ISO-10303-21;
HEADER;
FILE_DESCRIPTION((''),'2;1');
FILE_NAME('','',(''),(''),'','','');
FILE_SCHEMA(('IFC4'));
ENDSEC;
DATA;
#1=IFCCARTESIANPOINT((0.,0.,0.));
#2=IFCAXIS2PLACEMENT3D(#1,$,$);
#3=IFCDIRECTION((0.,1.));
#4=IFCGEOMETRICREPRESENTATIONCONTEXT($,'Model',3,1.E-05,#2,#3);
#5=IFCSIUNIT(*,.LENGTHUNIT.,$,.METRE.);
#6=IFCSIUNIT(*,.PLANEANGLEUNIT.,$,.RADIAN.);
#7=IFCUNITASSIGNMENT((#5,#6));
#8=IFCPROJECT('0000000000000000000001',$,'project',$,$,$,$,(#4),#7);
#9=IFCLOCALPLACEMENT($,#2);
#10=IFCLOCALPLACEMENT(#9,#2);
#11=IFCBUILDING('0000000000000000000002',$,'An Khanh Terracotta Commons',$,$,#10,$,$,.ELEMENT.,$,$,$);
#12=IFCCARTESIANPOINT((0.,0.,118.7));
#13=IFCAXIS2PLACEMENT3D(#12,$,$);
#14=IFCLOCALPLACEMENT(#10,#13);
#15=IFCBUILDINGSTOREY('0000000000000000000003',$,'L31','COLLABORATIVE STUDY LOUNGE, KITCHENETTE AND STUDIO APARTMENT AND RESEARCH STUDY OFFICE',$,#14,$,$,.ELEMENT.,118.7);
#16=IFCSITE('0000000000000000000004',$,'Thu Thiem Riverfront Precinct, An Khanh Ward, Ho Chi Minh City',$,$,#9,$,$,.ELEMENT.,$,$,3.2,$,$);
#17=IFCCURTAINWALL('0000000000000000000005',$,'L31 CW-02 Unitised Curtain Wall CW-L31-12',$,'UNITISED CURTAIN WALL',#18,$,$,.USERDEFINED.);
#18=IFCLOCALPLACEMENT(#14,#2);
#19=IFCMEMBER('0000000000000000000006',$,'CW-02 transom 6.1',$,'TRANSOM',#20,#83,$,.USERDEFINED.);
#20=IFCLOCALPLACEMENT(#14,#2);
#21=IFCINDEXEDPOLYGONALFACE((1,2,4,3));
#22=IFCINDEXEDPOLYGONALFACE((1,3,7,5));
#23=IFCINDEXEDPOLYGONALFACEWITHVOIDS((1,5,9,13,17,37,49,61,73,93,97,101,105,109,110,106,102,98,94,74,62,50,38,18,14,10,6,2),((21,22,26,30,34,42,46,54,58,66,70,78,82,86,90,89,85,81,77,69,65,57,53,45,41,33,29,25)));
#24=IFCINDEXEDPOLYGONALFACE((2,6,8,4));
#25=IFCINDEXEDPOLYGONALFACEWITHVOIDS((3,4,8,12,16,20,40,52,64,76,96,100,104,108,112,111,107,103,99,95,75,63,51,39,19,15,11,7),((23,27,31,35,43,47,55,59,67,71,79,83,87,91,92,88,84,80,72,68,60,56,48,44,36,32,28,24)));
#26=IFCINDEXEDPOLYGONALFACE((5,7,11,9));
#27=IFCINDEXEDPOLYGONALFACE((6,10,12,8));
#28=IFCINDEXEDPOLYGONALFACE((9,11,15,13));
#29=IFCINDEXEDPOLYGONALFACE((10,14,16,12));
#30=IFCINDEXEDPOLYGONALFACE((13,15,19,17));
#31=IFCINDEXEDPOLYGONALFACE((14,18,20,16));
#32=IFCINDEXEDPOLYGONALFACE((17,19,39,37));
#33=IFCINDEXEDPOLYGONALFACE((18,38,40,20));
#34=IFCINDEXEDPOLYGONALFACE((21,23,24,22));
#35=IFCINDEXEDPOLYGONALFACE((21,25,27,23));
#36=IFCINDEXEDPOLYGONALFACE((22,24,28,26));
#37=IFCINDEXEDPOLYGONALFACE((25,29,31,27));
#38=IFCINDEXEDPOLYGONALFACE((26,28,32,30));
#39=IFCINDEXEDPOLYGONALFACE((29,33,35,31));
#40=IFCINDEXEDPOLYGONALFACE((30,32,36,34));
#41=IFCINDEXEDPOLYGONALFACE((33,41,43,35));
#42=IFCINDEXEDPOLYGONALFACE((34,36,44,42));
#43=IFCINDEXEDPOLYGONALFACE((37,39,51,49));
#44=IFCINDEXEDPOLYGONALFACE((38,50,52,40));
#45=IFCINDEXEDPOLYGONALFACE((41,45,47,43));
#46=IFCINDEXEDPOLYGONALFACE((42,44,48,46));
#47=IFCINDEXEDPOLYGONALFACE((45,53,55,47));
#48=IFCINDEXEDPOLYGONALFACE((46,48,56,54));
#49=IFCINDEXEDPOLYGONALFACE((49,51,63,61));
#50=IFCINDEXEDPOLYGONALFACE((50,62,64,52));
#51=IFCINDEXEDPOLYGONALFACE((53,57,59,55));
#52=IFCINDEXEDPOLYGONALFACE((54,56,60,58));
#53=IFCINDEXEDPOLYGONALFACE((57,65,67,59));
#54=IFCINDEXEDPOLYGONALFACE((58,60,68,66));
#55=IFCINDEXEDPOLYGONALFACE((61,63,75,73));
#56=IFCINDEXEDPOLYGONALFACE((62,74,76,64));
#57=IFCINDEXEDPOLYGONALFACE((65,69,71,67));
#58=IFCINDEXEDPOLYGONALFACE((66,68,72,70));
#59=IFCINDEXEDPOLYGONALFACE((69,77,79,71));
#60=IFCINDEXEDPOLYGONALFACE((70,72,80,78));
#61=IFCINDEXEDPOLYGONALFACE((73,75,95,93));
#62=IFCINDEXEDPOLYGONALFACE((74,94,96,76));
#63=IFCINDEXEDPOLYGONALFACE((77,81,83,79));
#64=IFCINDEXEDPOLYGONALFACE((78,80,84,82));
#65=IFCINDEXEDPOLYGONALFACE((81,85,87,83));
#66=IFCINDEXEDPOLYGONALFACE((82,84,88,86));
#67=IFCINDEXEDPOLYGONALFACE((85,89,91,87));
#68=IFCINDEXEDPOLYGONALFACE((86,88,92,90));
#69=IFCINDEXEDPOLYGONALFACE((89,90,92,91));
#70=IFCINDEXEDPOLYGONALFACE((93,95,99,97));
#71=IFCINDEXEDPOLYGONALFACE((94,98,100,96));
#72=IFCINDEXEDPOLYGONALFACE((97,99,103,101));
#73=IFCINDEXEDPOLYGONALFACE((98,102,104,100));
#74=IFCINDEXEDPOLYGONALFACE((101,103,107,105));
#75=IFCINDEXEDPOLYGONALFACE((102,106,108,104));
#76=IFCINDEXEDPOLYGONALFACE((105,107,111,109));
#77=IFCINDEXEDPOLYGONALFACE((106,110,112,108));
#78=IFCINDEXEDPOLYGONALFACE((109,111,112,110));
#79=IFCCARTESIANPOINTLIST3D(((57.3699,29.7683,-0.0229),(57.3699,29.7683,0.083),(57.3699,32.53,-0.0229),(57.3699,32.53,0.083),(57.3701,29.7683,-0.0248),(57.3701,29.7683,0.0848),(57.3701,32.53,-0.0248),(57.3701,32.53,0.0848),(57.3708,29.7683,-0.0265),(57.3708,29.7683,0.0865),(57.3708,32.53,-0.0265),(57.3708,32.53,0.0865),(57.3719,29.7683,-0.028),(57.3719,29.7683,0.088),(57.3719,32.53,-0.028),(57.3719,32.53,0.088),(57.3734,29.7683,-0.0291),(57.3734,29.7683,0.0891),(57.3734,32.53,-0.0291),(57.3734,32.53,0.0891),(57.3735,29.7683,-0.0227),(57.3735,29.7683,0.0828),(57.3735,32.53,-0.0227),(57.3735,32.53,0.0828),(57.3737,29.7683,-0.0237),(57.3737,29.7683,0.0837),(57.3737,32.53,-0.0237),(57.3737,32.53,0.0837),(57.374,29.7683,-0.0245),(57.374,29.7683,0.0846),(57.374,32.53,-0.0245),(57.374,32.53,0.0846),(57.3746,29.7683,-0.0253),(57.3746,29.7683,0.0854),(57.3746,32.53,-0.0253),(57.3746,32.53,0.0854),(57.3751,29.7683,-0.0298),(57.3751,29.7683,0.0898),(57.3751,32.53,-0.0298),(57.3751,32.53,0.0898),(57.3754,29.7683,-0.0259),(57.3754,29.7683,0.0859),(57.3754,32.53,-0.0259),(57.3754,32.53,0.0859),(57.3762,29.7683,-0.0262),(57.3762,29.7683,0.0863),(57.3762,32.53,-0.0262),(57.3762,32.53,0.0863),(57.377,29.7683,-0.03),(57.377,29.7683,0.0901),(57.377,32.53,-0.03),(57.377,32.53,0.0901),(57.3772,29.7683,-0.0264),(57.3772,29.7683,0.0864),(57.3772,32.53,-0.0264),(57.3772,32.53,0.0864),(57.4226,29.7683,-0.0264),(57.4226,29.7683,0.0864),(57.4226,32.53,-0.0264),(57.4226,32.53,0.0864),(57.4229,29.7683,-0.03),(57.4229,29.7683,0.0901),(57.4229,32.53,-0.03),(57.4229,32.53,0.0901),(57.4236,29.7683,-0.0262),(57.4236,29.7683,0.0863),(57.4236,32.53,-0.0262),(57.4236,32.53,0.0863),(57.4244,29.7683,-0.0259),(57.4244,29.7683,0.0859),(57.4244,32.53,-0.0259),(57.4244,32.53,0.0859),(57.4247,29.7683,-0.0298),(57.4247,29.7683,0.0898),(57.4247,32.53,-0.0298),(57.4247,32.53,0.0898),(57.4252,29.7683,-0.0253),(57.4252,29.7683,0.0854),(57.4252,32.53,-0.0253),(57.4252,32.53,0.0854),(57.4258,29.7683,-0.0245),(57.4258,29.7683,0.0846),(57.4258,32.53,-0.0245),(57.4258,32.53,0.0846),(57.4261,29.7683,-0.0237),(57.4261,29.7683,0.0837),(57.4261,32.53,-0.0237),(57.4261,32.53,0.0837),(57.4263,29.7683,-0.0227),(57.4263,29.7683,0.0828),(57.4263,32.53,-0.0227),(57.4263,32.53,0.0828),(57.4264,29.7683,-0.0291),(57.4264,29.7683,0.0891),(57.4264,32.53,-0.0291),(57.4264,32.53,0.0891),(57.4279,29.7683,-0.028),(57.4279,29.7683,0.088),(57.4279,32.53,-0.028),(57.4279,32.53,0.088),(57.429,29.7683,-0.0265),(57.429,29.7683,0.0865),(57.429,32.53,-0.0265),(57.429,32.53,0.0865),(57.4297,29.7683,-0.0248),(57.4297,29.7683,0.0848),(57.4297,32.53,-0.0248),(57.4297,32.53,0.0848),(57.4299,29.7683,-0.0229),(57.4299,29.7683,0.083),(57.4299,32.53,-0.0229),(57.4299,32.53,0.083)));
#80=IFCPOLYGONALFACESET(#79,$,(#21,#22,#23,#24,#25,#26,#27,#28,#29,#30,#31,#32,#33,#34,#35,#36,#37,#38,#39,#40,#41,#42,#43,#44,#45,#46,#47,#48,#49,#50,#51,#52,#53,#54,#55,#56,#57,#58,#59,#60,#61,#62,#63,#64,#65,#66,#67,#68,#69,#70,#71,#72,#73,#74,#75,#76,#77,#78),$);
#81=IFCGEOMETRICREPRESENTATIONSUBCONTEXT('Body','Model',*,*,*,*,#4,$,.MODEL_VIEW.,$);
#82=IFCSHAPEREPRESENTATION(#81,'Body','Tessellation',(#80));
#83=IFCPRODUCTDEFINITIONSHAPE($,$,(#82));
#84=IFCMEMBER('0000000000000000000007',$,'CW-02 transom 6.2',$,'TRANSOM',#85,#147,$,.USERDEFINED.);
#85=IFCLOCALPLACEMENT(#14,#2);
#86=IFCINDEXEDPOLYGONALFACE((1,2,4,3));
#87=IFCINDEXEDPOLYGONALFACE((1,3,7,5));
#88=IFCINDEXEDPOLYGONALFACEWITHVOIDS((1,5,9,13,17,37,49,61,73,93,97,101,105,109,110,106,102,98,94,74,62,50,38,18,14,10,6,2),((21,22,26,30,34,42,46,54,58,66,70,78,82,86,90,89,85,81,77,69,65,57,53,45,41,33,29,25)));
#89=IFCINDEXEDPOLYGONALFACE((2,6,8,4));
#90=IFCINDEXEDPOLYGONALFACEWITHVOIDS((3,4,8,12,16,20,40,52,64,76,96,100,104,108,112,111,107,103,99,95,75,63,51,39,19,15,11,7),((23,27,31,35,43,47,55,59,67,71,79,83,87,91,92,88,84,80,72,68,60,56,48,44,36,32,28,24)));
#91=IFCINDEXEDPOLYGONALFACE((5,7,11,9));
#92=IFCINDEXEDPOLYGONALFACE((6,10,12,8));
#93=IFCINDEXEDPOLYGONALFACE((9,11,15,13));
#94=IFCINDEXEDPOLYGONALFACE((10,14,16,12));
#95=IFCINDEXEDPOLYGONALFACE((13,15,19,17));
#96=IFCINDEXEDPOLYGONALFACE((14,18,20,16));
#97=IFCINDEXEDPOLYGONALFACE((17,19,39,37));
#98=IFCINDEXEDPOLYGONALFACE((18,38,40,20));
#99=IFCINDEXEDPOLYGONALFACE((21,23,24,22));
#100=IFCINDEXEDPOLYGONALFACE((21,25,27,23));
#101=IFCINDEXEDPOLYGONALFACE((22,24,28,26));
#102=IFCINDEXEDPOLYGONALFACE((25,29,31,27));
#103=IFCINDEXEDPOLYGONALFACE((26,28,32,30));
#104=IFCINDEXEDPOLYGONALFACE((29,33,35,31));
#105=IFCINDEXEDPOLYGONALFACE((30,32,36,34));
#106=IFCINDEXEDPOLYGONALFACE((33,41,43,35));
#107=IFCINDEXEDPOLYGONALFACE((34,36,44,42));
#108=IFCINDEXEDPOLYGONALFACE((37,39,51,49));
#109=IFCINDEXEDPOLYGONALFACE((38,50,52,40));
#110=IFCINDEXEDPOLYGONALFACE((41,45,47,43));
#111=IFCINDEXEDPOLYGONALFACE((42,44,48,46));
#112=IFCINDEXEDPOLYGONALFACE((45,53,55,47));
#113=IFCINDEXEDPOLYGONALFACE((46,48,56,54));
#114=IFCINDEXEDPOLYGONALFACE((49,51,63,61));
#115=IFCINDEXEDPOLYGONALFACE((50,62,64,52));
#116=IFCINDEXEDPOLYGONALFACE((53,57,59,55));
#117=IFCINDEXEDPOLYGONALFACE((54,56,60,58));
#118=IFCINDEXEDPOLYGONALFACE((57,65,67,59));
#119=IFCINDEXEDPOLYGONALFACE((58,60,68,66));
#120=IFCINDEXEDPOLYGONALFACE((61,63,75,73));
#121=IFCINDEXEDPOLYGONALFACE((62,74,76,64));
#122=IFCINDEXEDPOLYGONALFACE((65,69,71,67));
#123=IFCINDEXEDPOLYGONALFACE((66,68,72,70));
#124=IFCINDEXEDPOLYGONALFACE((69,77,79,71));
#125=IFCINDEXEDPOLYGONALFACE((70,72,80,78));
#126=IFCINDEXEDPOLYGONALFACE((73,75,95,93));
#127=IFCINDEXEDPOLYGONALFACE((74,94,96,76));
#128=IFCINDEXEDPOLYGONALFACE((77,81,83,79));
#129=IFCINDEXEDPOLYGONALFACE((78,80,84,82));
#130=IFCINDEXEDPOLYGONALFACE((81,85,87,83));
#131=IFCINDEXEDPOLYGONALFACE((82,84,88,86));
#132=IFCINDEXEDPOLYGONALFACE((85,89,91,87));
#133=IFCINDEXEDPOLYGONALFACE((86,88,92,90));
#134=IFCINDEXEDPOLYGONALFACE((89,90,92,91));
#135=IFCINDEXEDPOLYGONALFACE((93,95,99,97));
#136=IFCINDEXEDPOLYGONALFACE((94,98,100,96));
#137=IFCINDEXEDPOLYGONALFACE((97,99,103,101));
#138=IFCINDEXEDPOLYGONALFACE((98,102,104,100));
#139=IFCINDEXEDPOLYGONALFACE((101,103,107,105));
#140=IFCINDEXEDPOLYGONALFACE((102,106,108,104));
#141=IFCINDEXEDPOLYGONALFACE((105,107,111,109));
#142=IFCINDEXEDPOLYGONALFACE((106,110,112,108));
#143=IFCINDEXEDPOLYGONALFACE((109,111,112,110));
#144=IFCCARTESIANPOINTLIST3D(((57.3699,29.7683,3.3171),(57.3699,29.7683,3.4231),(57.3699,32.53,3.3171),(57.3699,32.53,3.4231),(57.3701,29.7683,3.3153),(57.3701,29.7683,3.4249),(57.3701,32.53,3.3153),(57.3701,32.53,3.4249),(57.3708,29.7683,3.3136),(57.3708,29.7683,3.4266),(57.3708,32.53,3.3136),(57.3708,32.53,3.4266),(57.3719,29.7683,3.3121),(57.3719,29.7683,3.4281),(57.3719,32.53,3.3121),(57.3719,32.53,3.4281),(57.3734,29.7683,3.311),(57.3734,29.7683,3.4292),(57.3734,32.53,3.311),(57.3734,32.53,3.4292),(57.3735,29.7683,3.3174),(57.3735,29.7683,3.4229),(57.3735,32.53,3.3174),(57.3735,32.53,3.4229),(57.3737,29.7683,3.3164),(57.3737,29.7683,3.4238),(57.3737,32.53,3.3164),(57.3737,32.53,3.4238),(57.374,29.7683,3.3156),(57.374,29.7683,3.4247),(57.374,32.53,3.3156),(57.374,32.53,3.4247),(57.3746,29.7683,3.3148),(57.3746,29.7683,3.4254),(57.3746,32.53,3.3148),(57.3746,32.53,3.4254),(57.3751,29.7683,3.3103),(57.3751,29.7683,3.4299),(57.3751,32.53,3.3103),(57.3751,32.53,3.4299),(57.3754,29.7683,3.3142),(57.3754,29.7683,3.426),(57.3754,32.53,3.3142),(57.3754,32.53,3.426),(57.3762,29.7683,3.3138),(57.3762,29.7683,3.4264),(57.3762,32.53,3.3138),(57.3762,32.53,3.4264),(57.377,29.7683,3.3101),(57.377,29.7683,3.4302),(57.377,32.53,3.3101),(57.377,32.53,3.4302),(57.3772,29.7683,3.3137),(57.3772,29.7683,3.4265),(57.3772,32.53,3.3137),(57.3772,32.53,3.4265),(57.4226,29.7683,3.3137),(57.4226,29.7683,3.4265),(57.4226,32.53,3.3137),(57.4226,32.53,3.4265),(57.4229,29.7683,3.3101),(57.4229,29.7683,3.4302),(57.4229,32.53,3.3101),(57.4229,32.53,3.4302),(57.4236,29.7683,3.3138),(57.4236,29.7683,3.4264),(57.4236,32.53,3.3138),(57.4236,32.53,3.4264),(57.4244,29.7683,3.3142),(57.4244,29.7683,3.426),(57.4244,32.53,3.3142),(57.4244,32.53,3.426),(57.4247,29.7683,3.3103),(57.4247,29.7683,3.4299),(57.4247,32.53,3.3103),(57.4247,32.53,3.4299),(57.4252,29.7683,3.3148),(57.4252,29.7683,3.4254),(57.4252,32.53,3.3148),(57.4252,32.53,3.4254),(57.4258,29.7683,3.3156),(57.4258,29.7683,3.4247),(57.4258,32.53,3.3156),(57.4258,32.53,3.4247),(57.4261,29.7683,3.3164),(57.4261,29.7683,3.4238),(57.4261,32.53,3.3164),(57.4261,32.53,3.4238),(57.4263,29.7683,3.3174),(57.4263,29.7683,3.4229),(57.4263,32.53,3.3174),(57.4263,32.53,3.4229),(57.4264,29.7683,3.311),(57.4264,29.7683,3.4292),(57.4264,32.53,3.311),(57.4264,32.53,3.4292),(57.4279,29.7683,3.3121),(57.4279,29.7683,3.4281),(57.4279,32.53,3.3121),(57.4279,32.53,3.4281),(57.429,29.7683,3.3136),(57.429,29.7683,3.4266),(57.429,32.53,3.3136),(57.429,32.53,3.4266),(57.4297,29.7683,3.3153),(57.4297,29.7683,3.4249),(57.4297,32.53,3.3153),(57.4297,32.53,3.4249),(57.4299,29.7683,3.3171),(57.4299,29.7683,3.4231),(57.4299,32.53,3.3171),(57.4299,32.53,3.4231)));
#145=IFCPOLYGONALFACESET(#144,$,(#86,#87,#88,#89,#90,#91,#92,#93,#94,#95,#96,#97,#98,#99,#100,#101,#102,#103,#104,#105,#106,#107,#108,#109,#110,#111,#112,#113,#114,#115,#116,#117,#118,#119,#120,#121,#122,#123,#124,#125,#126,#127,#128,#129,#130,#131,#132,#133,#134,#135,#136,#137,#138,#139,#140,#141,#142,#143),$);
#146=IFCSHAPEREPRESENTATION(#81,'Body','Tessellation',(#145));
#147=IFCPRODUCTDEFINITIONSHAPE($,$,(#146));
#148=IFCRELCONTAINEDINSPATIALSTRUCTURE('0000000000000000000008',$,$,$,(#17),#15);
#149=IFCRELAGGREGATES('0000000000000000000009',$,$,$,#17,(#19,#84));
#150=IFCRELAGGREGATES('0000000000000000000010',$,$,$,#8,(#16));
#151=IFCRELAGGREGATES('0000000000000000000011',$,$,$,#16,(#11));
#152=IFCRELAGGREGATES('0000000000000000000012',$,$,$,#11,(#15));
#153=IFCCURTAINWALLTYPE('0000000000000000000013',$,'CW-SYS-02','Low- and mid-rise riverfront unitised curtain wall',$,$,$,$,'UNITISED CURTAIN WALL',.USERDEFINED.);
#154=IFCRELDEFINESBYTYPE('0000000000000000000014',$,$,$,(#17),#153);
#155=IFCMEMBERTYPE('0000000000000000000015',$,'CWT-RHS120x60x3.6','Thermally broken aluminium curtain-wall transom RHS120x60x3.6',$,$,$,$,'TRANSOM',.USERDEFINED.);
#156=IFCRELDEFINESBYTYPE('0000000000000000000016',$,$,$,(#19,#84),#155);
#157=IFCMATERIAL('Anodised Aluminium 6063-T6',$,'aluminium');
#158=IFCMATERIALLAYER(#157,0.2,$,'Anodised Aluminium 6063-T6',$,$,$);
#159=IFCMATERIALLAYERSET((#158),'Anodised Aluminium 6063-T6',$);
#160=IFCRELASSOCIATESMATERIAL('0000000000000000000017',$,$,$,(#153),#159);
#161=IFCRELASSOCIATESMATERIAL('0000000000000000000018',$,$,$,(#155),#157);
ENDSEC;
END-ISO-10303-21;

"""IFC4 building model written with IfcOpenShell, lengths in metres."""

from ifc_helpers import new_model, si_unit, direction, frame, origin, origin_2d, place, context, subcontext, project, spatial, hollow_rectangle, extrude, material, layer, layer_set, material_profile, profile_set, type_object, element, aggregate, save


model = new_model("IFC4")

# Units and contexts
model_context = context("Model", 3, precision=1e-05, world=origin(), true_north=direction((0.0, 1.0)))
body_context = subcontext(model_context, "Body", "Model", "MODEL_VIEW")
ifc_project = project(units=[si_unit("LENGTHUNIT", "METRE"), si_unit("PLANEANGLEUNIT", "RADIAN")], contexts=[model_context])

# Site, building, storey
site_placement = place(None, origin())
site = spatial("IfcSite", under=ifc_project, at=site_placement, Name="Thu Thiem Riverfront Precinct, An Khanh Ward, Ho Chi Minh City", CompositionType="ELEMENT", RefElevation=3.2)
building_placement = place(site_placement, origin())
building = spatial("IfcBuilding", under=site, at=building_placement, Name="An Khanh Terracotta Commons", CompositionType="ELEMENT")
storey_placement = place(building_placement, frame((0.0, 0.0, 118.7)))
storey = spatial("IfcBuildingStorey", under=building, at=storey_placement, Name="L31", Description="COLLABORATIVE STUDY LOUNGE, KITCHENETTE AND STUDIO APARTMENT AND RESEARCH STUDY OFFICE", CompositionType="ELEMENT", Elevation=118.7)

# Curtain wall
ifc_material_1 = material(Name="Anodised Aluminium 6063-T6", Category="aluminium")
ifc_layer_1 = layer(ifc_material_1, 0.2, Name="Anodised Aluminium 6063-T6")
ifc_layer_set_1 = layer_set([ifc_layer_1], Name="Anodised Aluminium 6063-T6")
curtain_wall_type = type_object("IfcCurtainWallType", Name="CW-SYS-02", Description="Low- and mid-rise riverfront unitised curtain wall", ElementType="UNITISED CURTAIN WALL", PredefinedType="USERDEFINED", material=ifc_layer_set_1)
curtain_wall_1_placement = place(storey_placement, origin())
curtain_wall_1 = element("IfcCurtainWall", 1, at=curtain_wall_1_placement, inside=storey, type_object=curtain_wall_type, Name="L31 CW-02 Unitised Curtain Wall CW-L31-12", ObjectType="UNITISED CURTAIN WALL", PredefinedType="USERDEFINED")

# Members
ifc_material_profile_1 = material_profile(ifc_material_1, hollow_rectangle(XDim=0.0601, YDim=0.1201, WallThickness=0.0037, InnerFilletRadius=0.0037, OuterFilletRadius=0.0071, at=origin_2d()), Name="RHS120x60x3.6")
ifc_profile_set_1 = profile_set([ifc_material_profile_1], Name="Anodised Aluminium 6063-T6")
member_type_1 = type_object("IfcMemberType", Name="CWT-RHS120x60x3.6", Description="Thermally broken aluminium curtain-wall transom RHS120x60x3.6", ElementType="TRANSOM", PredefinedType="USERDEFINED", material=ifc_profile_set_1)
member_1_placement = place(storey_placement, frame((57.3999, 29.7683, 0.03), z_axis=(0.0, 1.0, 0.0), x_axis=(-1.0, 0.0, 0.0)))
member_1 = element("IfcMember", 2, at=member_1_placement, type_object=member_type_1, Name="CW-02 transom 6.1", ObjectType="TRANSOM", PredefinedType="USERDEFINED", context=body_context, shape_type="SweptSolid", body=[
    extrude(hollow_rectangle(XDim=0.0601, YDim=0.1201, WallThickness=0.0037, InnerFilletRadius=0.0037, OuterFilletRadius=0.0071, at=origin_2d()), origin(), (0.0, 0.0, 1.0), 2.7617),
])
member_2_placement = place(storey_placement, frame((57.3999, 29.7683, 3.3701), z_axis=(0.0, 1.0, 0.0), x_axis=(-1.0, 0.0, 0.0)))
member_2 = element("IfcMember", 3, at=member_2_placement, type_object=member_type_1, Name="CW-02 transom 6.2", ObjectType="TRANSOM", PredefinedType="USERDEFINED", context=body_context, shape_type="SweptSolid", body=[
    extrude(hollow_rectangle(XDim=0.0601, YDim=0.1201, WallThickness=0.0037, InnerFilletRadius=0.0037, OuterFilletRadius=0.0071, at=origin_2d()), origin(), (0.0, 0.0, 1.0), 2.7617),
])

aggregate(curtain_wall_1, [member_1, member_2])

save(model, "model.ifc")
